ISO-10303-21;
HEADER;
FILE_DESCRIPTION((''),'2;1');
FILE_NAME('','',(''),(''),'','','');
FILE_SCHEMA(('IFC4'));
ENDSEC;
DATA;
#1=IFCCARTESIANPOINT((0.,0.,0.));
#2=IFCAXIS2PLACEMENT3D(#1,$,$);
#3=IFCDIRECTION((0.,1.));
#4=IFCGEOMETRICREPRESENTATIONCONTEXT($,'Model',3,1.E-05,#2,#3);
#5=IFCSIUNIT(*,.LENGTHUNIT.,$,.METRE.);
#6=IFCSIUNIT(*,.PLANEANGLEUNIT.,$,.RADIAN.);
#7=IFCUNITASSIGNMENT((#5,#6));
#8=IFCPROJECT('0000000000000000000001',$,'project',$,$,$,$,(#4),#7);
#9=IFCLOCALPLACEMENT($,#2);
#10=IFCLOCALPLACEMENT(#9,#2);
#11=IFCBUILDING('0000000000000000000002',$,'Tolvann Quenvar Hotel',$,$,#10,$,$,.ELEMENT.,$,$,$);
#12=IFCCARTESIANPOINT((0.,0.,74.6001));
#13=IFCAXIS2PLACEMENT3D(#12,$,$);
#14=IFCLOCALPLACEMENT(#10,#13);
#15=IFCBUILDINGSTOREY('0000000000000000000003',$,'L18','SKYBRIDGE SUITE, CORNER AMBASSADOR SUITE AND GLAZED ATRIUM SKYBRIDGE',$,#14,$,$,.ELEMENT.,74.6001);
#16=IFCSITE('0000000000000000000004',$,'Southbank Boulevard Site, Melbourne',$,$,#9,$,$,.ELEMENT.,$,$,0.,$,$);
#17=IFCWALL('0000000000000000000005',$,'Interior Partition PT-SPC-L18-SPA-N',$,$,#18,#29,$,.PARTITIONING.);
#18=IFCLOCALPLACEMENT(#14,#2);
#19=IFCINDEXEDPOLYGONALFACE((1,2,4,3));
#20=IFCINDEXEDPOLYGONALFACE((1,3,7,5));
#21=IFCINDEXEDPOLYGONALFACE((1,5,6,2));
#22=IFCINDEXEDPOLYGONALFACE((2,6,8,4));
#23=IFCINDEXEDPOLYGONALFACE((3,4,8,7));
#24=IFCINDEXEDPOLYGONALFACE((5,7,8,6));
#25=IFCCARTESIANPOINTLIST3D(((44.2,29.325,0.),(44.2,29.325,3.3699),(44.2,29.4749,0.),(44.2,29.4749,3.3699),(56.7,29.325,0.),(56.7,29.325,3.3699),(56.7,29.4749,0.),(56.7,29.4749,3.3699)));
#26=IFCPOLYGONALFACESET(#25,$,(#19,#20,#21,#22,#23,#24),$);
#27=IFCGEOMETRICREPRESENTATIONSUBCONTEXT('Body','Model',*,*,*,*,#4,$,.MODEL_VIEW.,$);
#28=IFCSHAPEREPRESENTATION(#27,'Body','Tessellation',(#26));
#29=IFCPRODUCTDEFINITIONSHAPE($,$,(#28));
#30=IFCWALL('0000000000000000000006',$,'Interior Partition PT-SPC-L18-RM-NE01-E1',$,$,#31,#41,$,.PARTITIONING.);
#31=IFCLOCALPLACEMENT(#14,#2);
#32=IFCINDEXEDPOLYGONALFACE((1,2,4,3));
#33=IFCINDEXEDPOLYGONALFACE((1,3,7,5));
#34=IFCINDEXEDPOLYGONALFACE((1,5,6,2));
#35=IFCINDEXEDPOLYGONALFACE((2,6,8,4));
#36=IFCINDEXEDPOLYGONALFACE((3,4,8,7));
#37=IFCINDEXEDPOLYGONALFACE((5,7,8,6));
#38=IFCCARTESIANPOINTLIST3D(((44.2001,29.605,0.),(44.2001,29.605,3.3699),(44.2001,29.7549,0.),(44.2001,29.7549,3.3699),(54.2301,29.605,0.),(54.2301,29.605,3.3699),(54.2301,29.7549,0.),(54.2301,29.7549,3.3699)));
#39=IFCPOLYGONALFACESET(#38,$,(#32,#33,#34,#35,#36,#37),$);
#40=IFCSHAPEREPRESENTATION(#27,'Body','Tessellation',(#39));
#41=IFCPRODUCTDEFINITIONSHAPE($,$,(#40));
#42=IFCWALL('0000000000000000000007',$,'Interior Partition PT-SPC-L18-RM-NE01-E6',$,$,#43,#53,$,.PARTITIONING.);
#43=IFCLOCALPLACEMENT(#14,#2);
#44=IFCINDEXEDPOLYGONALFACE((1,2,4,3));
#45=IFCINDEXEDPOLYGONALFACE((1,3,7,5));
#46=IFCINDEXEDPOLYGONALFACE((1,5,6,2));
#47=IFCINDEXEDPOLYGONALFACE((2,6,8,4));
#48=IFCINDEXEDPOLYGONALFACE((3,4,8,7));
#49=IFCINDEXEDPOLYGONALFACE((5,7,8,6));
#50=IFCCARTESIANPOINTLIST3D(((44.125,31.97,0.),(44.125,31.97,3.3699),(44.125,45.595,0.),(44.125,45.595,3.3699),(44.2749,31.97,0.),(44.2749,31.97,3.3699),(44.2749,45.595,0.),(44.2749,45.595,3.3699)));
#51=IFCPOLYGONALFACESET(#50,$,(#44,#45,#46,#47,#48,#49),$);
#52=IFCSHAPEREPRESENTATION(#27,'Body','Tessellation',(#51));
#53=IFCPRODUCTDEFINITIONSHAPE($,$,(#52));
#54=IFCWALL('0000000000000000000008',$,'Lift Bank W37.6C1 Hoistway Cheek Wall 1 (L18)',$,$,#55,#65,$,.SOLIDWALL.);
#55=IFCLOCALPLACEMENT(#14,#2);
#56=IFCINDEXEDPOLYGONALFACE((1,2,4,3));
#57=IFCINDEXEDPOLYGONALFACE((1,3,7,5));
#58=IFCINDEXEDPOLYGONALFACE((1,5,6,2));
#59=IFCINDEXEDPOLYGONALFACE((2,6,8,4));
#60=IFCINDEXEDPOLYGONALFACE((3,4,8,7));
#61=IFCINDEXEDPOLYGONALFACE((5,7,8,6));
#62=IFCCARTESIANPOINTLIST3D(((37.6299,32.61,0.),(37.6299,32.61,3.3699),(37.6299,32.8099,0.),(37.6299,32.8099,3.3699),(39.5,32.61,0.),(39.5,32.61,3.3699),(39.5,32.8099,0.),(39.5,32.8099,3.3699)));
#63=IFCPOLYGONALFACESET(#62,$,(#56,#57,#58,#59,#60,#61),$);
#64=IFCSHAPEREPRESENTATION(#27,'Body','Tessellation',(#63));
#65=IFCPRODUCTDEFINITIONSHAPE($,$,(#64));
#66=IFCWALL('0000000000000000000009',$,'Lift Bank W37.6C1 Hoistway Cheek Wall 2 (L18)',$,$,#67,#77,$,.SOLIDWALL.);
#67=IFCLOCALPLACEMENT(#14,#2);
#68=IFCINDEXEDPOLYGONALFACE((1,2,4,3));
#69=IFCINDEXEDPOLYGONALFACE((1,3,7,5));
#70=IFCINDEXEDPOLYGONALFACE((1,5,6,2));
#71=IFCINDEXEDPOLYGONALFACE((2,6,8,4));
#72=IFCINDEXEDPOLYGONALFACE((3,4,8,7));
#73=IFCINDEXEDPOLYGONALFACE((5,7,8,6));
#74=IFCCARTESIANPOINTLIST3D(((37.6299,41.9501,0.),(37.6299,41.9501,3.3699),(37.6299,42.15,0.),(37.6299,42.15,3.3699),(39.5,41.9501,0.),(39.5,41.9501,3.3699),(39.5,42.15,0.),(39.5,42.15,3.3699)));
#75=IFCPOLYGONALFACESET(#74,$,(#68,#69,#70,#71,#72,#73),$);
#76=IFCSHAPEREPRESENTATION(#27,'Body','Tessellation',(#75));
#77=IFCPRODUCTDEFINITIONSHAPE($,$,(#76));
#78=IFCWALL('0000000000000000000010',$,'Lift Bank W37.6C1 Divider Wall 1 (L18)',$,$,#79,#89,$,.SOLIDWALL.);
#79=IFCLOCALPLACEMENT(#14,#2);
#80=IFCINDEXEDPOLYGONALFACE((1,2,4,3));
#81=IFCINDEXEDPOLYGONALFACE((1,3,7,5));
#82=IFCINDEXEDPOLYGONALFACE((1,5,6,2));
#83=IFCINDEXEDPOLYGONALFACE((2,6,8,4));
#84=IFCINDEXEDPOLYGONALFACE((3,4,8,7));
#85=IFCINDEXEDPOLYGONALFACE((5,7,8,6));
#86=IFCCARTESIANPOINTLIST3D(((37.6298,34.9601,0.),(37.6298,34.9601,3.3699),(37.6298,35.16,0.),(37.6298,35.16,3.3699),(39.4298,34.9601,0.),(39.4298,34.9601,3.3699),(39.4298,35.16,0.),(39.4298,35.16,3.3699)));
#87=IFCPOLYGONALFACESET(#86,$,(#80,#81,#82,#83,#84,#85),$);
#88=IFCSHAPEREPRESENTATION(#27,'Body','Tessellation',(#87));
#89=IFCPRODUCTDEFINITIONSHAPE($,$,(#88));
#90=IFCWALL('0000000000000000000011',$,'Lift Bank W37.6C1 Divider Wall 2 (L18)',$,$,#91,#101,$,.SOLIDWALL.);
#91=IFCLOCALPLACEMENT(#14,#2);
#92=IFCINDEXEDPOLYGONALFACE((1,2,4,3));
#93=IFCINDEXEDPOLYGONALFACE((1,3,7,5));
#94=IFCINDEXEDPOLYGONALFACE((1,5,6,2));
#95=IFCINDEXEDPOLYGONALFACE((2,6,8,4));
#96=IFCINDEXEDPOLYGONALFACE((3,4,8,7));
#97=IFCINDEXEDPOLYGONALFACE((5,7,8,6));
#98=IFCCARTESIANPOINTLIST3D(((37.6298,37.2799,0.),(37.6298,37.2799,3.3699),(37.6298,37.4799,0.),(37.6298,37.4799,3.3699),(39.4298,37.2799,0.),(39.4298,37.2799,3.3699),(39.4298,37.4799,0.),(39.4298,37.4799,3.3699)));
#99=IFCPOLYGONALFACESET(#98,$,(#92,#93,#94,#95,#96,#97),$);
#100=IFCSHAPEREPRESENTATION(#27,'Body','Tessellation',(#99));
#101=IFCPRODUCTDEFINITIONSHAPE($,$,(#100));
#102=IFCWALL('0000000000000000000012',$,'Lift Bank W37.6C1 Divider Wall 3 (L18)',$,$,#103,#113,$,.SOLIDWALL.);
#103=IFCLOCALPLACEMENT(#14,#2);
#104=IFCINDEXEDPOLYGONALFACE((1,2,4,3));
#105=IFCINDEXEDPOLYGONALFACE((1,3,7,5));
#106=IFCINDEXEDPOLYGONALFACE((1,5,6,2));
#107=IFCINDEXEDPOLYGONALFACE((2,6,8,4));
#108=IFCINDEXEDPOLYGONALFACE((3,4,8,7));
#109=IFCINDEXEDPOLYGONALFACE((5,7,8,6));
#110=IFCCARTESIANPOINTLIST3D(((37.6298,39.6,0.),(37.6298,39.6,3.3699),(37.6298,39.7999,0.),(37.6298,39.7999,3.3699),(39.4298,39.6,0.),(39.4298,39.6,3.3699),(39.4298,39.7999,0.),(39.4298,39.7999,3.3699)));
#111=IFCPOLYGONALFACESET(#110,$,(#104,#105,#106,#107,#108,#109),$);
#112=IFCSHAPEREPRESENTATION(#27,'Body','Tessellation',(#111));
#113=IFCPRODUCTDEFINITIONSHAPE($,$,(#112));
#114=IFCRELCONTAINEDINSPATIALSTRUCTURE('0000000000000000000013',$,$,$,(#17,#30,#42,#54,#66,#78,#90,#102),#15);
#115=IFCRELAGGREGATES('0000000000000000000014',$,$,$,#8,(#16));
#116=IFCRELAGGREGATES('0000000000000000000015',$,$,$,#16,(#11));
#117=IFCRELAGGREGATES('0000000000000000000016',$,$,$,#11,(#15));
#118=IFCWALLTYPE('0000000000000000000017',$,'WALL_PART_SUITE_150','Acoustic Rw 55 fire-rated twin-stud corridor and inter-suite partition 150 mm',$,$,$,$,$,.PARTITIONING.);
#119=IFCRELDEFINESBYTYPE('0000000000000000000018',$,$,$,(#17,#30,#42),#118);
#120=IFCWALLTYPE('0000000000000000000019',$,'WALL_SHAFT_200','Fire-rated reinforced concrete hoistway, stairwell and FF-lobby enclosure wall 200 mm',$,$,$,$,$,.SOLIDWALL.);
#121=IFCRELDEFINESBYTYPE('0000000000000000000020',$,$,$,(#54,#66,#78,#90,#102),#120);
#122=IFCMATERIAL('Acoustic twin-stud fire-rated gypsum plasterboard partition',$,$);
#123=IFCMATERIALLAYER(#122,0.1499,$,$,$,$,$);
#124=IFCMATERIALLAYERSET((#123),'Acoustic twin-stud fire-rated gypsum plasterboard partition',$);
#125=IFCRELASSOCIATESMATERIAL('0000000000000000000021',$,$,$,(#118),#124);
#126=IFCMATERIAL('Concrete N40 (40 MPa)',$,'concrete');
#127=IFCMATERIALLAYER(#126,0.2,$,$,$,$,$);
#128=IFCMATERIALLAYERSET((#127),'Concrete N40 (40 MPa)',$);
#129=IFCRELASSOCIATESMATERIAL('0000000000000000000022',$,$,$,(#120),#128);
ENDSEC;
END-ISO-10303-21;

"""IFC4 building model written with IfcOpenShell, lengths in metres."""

from ifc_helpers import new_model, si_unit, direction, frame, frame_2d, origin, place, context, subcontext, project, spatial, rectangle, extrude, material, layer, layer_set, type_object, element, save


model = new_model("IFC4")

# Units and contexts
model_context = context("Model", 3, precision=1e-05, world=origin(), true_north=direction((0.0, 1.0)))
body_context = subcontext(model_context, "Body", "Model", "MODEL_VIEW")
ifc_project = project(units=[si_unit("LENGTHUNIT", "METRE"), si_unit("PLANEANGLEUNIT", "RADIAN")], contexts=[model_context])

# Site, building, storey
site_placement = place(None, origin())
site = spatial("IfcSite", under=ifc_project, at=site_placement, Name="Southbank Boulevard Site, Melbourne", CompositionType="ELEMENT", RefElevation=0.0)
building_placement = place(site_placement, origin())
building = spatial("IfcBuilding", under=site, at=building_placement, Name="Tolvann Quenvar Hotel", CompositionType="ELEMENT")
storey_placement = place(building_placement, frame((0.0, 0.0, 74.6001)))
storey = spatial("IfcBuildingStorey", under=building, at=storey_placement, Name="L18", Description="SKYBRIDGE SUITE, CORNER AMBASSADOR SUITE AND GLAZED ATRIUM SKYBRIDGE", CompositionType="ELEMENT", Elevation=74.6001)

# Wall
ifc_material_1 = material(Name="Acoustic twin-stud fire-rated gypsum plasterboard partition")
ifc_layer_1 = layer(ifc_material_1, 0.1499)
ifc_layer_set_1 = layer_set([ifc_layer_1], Name="Acoustic twin-stud fire-rated gypsum plasterboard partition")
wall_type_1 = type_object("IfcWallType", Name="WALL_PART_SUITE_150", Description="Acoustic Rw 55 fire-rated twin-stud corridor and inter-suite partition 150 mm", PredefinedType="PARTITIONING", material=ifc_layer_set_1)
wall_1_placement = place(storey_placement, frame((44.2, 29.3999, 0.0), z_axis=(0.0, 0.0, 1.0), x_axis=(1.0, 0.0, 0.0)))
element("IfcWall", 1, at=wall_1_placement, inside=storey, type_object=wall_type_1, Name="Interior Partition PT-SPC-L18-SPA-N", PredefinedType="PARTITIONING", context=body_context, shape_type="SweptSolid", body=[
    extrude(rectangle(XDim=12.5, YDim=0.1499, at=frame_2d((6.25, 0.0))), origin(), (0.0, 0.0, 1.0), 3.3699),
])

# Walls
wall_2_placement = place(storey_placement, frame((44.2, 29.6799, 0.0), z_axis=(0.0, 0.0, 1.0), x_axis=(1.0, 0.0, 0.0)))
element("IfcWall", 2, at=wall_2_placement, inside=storey, type_object=wall_type_1, Name="Interior Partition PT-SPC-L18-RM-NE01-E1", PredefinedType="PARTITIONING", context=body_context, shape_type="SweptSolid", body=[
    extrude(rectangle(XDim=10.03, YDim=0.1499, at=frame_2d((5.0151, 0.0))), origin(), (0.0, 0.0, 1.0), 3.3699),
])
wall_3_placement = place(storey_placement, frame((44.2, 31.97, 0.0), z_axis=(0.0, 0.0, 1.0), x_axis=(0.0, 1.0, 0.0)))
element("IfcWall", 3, at=wall_3_placement, inside=storey, type_object=wall_type_1, Name="Interior Partition PT-SPC-L18-RM-NE01-E6", PredefinedType="PARTITIONING", context=body_context, shape_type="SweptSolid", body=[
    extrude(rectangle(XDim=13.625, YDim=0.1499, at=frame_2d((6.8125, 0.0))), origin(), (0.0, 0.0, 1.0), 3.3699),
])
ifc_material_2 = material(Name="Concrete N40 (40 MPa)", Category="concrete")
ifc_layer_2 = layer(ifc_material_2, 0.2)
ifc_layer_set_2 = layer_set([ifc_layer_2], Name="Concrete N40 (40 MPa)")
wall_type_2 = type_object("IfcWallType", Name="WALL_SHAFT_200", Description="Fire-rated reinforced concrete hoistway, stairwell and FF-lobby enclosure wall 200 mm", PredefinedType="SOLIDWALL", material=ifc_layer_set_2)
for number, where, z_axis, x_axis, name in (
    (4, (37.6299, 32.71, 0.0), (0.0, 0.0, 1.0), (1.0, 0.0, 0.0), "Lift Bank W37.6C1 Hoistway Cheek Wall 1 (L18)"),
    (5, (37.6299, 42.05, 0.0), (0.0, 0.0, 1.0), (1.0, 0.0, 0.0), "Lift Bank W37.6C1 Hoistway Cheek Wall 2 (L18)"),
):
    element("IfcWall", number, at=place(storey_placement, frame(where, z_axis=z_axis, x_axis=x_axis)), inside=storey, type_object=wall_type_2, Name=name, PredefinedType="SOLIDWALL", context=body_context, shape_type="SweptSolid", body=[
        extrude(rectangle(XDim=1.8701, YDim=0.2, at=frame_2d((0.9351, 0.0))), origin(), (0.0, 0.0, 1.0), 3.3699),
    ])
for number, where, z_axis, x_axis, name in (
    (6, (37.6299, 35.0601, 0.0), (0.0, 0.0, 1.0), (1.0, 0.0, 0.0), "Lift Bank W37.6C1 Divider Wall 1 (L18)"),
    (7, (37.6299, 37.3799, 0.0), (0.0, 0.0, 1.0), (1.0, 0.0, 0.0), "Lift Bank W37.6C1 Divider Wall 2 (L18)"),
    (8, (37.6299, 39.7, 0.0), (0.0, 0.0, 1.0), (1.0, 0.0, 0.0), "Lift Bank W37.6C1 Divider Wall 3 (L18)"),
):
    element("IfcWall", number, at=place(storey_placement, frame(where, z_axis=z_axis, x_axis=x_axis)), inside=storey, type_object=wall_type_2, Name=name, PredefinedType="SOLIDWALL", context=body_context, shape_type="SweptSolid", body=[
        extrude(rectangle(XDim=1.8, YDim=0.2, at=frame_2d((0.8999, 0.0))), origin(), (0.0, 0.0, 1.0), 3.3699),
    ])

save(model, "model.ifc")
